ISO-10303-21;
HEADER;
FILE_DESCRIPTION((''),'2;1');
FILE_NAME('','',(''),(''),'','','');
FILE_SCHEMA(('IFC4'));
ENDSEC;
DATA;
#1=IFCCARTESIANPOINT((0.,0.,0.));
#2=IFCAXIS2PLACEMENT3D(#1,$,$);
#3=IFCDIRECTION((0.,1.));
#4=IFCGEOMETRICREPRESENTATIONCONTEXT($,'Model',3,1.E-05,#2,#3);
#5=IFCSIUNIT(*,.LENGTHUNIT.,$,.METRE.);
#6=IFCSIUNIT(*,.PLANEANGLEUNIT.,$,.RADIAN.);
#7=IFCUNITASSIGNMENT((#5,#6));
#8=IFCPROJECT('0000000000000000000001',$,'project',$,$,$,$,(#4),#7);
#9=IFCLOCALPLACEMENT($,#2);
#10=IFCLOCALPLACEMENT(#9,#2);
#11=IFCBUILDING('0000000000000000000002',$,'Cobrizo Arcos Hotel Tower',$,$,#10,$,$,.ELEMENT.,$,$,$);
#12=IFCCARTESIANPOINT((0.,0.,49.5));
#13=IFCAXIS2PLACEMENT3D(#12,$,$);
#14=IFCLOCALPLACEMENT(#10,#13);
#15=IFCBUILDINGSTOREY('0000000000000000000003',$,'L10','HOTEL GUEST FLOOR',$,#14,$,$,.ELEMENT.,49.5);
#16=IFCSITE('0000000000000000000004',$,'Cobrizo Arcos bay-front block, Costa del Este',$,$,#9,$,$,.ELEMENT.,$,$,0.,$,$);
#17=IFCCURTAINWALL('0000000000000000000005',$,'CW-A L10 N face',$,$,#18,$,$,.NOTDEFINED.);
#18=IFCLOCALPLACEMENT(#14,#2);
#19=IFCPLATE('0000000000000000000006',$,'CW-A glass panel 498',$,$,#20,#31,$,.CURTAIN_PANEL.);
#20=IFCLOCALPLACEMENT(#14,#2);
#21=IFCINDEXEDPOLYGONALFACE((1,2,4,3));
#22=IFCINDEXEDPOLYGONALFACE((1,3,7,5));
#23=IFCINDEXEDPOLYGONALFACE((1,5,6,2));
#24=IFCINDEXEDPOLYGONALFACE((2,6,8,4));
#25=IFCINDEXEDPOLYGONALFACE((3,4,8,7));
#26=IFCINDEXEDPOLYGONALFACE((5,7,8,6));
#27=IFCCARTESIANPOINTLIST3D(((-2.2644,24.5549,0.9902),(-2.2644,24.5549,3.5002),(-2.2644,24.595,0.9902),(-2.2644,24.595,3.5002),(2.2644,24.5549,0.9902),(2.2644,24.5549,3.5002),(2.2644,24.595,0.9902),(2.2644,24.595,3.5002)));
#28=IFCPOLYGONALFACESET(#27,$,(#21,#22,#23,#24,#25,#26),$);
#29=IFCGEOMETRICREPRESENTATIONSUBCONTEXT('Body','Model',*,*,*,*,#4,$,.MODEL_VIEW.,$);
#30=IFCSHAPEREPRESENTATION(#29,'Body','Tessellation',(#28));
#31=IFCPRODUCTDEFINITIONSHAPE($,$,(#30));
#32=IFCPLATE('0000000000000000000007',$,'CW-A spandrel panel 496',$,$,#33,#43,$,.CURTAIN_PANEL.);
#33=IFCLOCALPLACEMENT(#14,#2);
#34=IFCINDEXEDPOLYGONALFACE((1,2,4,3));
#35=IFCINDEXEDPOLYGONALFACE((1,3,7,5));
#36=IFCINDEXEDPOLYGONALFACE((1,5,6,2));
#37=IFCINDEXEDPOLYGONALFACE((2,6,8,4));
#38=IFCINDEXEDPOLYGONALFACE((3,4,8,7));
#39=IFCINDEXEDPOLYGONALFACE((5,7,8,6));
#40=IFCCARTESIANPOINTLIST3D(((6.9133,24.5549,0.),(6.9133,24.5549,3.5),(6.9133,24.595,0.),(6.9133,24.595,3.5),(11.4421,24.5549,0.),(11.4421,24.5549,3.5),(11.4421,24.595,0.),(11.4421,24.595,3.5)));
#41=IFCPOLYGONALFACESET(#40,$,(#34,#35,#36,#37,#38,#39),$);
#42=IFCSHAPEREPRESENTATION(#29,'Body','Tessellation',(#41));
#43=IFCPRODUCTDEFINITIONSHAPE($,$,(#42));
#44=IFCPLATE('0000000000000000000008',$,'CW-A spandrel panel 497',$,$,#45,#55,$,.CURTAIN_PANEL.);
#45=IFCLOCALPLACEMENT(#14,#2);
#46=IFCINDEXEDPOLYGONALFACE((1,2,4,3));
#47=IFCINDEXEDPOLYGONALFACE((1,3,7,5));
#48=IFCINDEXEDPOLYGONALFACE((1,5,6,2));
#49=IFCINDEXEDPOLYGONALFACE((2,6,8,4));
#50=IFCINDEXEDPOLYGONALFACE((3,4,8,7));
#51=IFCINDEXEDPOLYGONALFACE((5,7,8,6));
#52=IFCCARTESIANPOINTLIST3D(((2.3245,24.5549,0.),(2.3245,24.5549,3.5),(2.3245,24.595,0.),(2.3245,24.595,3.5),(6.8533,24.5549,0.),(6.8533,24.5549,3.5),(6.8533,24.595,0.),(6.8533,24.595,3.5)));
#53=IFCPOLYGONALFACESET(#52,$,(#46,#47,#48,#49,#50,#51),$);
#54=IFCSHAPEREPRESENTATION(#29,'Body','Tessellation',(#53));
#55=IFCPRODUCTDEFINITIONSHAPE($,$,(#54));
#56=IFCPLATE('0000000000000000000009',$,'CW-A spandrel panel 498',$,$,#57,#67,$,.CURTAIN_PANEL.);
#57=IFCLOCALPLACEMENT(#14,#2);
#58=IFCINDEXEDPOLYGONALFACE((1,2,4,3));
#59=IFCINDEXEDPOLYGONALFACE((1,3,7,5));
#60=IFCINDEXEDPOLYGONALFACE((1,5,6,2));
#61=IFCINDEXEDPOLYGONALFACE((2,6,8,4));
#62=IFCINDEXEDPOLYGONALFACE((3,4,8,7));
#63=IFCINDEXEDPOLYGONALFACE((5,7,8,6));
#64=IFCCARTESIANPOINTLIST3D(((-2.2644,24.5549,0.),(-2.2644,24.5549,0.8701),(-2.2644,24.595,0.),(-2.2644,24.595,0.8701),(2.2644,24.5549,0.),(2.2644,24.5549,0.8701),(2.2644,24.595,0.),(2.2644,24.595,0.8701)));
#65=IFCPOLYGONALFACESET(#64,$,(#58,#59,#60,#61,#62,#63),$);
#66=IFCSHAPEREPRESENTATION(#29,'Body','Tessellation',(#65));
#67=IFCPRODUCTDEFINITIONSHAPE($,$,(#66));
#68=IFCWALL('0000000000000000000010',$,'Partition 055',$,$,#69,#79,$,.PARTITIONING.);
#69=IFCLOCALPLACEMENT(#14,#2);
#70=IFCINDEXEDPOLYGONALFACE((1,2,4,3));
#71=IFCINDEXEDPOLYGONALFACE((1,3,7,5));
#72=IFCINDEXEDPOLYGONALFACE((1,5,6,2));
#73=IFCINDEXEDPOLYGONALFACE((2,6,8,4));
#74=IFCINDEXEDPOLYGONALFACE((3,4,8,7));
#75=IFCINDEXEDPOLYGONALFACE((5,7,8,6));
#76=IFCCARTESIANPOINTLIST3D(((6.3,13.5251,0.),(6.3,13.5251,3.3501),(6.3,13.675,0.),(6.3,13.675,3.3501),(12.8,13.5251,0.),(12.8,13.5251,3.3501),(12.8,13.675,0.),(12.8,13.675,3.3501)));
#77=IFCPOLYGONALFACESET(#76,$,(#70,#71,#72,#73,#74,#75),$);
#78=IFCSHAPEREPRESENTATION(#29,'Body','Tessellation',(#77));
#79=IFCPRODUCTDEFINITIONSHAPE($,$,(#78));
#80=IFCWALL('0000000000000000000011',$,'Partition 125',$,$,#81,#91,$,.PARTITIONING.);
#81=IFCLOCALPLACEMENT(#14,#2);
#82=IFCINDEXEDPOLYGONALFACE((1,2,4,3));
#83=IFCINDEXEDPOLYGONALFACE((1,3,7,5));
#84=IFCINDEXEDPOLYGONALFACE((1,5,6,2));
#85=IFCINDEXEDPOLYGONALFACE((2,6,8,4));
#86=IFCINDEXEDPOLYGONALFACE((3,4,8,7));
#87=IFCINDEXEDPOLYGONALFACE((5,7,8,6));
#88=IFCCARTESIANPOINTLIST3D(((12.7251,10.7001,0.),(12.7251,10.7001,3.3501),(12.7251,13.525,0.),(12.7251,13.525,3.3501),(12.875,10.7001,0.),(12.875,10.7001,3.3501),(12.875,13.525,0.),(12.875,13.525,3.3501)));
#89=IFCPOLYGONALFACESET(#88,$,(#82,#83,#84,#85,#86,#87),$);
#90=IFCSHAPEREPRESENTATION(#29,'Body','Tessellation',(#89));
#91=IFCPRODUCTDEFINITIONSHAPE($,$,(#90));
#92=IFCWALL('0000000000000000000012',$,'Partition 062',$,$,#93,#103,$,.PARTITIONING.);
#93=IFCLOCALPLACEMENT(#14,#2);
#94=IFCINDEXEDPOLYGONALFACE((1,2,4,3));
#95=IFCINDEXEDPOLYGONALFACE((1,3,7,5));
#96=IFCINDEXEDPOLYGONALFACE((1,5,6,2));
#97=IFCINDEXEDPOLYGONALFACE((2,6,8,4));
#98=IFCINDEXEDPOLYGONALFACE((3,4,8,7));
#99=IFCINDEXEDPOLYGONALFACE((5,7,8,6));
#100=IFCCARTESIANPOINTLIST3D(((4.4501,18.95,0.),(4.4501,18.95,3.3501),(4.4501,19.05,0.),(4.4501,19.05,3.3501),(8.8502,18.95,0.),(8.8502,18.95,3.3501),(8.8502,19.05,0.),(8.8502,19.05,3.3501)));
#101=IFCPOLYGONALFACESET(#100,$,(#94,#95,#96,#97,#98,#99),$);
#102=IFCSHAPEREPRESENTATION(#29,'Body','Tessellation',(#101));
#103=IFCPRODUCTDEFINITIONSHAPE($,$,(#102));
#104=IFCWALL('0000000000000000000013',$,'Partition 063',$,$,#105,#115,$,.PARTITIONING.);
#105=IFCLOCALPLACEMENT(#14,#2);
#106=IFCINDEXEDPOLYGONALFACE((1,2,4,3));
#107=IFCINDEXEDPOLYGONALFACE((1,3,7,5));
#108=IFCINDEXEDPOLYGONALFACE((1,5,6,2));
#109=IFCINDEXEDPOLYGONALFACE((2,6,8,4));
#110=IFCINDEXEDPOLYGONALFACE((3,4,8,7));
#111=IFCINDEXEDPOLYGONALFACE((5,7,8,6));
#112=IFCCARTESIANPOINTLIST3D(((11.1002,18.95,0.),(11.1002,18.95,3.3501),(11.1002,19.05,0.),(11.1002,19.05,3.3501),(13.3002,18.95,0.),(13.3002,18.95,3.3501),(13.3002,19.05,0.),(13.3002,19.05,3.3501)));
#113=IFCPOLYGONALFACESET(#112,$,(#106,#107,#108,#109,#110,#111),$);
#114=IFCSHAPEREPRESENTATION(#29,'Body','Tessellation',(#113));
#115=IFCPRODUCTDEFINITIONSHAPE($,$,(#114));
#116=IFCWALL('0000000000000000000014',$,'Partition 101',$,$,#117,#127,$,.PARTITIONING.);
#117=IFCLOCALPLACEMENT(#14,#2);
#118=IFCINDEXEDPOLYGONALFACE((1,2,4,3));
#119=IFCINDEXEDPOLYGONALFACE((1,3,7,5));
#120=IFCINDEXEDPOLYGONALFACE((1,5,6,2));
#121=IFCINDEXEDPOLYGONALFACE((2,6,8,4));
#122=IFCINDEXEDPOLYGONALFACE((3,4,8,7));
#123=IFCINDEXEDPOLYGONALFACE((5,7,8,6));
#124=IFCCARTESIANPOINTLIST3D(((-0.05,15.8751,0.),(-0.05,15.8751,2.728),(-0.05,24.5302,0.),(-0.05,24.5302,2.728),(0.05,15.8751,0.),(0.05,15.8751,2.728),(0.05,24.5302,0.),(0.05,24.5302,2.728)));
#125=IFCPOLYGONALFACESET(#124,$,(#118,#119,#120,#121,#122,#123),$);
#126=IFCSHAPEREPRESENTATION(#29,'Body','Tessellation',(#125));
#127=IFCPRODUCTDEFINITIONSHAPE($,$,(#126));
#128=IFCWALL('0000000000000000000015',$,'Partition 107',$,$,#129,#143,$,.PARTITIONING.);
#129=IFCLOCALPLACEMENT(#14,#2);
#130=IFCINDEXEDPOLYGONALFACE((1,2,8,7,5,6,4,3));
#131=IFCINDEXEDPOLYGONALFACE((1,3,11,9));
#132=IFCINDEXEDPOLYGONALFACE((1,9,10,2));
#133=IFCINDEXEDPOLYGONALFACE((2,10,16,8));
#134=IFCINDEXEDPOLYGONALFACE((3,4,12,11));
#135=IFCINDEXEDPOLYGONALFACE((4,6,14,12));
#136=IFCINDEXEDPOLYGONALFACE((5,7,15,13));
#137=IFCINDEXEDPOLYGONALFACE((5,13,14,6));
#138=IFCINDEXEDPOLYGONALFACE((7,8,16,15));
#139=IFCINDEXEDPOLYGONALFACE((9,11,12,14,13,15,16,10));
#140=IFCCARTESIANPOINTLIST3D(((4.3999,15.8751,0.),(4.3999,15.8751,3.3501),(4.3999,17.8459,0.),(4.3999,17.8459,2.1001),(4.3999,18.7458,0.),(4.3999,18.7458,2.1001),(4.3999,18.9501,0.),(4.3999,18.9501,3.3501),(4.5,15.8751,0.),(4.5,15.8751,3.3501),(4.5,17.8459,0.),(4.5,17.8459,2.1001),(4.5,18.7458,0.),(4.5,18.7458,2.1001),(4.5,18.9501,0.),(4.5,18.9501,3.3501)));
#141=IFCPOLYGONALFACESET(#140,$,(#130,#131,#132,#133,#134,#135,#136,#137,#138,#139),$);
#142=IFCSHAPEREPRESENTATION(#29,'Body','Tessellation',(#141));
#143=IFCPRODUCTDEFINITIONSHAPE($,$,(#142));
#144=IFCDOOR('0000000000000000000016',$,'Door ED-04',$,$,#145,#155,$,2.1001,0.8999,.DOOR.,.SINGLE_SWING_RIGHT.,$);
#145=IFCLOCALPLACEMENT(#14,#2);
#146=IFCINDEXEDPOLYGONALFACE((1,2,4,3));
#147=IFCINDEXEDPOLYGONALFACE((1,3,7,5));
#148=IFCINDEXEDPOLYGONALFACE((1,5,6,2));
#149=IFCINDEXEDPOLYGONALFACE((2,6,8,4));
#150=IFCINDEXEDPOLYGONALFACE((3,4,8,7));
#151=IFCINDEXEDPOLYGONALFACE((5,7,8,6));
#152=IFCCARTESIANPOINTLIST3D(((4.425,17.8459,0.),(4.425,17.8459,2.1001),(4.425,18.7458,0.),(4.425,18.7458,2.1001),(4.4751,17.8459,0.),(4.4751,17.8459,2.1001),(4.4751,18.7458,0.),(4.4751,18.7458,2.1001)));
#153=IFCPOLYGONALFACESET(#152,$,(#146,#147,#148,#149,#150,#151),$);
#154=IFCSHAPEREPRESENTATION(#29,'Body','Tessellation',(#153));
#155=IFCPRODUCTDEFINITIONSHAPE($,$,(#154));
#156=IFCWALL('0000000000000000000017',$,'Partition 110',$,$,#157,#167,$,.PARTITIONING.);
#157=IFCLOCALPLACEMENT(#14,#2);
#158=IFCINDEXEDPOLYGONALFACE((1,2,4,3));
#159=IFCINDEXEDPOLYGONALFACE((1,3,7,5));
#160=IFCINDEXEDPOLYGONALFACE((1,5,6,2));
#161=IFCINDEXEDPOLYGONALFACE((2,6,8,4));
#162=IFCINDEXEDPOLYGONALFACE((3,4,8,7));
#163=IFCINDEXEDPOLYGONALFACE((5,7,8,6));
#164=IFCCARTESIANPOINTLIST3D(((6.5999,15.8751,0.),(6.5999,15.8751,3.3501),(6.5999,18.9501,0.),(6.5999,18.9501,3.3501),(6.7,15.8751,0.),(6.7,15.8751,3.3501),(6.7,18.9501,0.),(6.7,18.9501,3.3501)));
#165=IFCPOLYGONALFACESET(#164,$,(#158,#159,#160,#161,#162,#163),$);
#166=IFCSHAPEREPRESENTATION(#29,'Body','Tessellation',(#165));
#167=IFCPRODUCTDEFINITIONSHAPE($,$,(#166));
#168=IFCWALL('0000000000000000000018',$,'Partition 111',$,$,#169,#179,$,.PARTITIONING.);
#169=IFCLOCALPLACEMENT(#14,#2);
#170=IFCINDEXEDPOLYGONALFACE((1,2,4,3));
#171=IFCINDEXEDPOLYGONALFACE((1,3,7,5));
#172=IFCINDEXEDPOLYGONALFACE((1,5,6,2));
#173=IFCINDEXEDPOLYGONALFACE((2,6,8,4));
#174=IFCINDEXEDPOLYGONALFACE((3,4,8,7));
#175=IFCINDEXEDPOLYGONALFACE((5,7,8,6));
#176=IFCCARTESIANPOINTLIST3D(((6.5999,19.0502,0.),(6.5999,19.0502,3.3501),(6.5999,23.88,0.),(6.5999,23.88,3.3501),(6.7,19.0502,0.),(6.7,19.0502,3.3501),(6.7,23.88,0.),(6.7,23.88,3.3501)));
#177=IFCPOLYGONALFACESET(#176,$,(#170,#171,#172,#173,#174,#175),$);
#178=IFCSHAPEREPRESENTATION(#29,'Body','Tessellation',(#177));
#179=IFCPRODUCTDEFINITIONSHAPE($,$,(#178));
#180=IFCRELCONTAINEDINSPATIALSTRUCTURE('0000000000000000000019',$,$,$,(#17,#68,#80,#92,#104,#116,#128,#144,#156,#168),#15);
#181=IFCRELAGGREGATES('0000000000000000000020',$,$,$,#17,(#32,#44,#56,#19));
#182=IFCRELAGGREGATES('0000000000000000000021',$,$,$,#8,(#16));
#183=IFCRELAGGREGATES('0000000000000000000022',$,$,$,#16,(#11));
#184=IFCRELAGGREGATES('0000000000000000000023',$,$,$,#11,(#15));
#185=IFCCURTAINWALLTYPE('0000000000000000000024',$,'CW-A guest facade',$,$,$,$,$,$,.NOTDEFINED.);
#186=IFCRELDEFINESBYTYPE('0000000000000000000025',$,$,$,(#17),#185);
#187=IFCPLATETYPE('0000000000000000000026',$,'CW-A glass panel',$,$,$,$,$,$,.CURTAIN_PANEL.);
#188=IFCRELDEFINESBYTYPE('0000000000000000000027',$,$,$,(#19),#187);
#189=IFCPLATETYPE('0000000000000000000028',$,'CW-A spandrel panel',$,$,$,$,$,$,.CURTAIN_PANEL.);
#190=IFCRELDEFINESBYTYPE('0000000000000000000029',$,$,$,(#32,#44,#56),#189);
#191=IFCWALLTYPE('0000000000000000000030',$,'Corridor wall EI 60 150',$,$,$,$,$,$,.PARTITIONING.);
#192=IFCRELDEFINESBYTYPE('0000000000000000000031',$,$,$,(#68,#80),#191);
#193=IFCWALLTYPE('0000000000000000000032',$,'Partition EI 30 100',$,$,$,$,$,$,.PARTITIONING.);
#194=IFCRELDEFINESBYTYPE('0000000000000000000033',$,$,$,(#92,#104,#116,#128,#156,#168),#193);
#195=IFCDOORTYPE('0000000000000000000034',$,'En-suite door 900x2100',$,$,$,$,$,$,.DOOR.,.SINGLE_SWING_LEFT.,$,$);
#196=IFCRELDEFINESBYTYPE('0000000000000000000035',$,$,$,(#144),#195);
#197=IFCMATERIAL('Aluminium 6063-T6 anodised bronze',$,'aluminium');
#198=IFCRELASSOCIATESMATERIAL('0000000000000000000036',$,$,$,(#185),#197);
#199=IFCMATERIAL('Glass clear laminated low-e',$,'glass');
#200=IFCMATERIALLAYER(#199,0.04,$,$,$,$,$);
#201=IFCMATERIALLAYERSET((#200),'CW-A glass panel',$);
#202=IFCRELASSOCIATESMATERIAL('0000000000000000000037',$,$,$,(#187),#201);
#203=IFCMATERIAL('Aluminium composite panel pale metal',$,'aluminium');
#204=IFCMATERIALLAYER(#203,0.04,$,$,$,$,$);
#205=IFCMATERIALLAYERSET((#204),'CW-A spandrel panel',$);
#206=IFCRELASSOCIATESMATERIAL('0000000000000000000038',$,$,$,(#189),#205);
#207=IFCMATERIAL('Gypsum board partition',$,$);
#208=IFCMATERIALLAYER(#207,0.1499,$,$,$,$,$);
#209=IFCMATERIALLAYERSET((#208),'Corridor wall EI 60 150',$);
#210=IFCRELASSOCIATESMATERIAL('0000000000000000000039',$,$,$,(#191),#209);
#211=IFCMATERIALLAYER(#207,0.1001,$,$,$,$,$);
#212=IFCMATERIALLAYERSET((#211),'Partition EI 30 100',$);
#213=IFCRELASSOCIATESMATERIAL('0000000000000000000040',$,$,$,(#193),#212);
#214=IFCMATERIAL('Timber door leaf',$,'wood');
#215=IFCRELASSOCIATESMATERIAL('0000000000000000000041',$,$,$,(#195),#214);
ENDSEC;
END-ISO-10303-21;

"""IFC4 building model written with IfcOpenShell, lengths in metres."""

from ifc_helpers import new_model, si_unit, direction, frame, frame_2d, origin, origin_2d, place, context, subcontext, project, spatial, rectangle, extrude, material, layer, layer_set, type_object, element, fill, aggregate, save


model = new_model("IFC4")

# Units and contexts
model_context = context("Model", 3, precision=1e-05, world=origin(), true_north=direction((0.0, 1.0)))
body_context = subcontext(model_context, "Body", "Model", "MODEL_VIEW")
ifc_project = project(units=[si_unit("LENGTHUNIT", "METRE"), si_unit("PLANEANGLEUNIT", "RADIAN")], contexts=[model_context])

# Site, building, storey
site_placement = place(None, origin())
site = spatial("IfcSite", under=ifc_project, at=site_placement, Name="Cobrizo Arcos bay-front block, Costa del Este", CompositionType="ELEMENT", RefElevation=0.0)
building_placement = place(site_placement, origin())
building = spatial("IfcBuilding", under=site, at=building_placement, Name="Cobrizo Arcos Hotel Tower", CompositionType="ELEMENT")
storey_placement = place(building_placement, frame((0.0, 0.0, 49.5)))
storey = spatial("IfcBuildingStorey", under=building, at=storey_placement, Name="L10", Description="HOTEL GUEST FLOOR", CompositionType="ELEMENT", Elevation=49.5)

# Curtain wall
ifc_material_1 = material(Name="Aluminium 6063-T6 anodised bronze", Category="aluminium")
curtain_wall_type = type_object("IfcCurtainWallType", Name="CW-A guest facade", PredefinedType="NOTDEFINED", material=ifc_material_1)
curtain_wall_placement = place(storey_placement, origin())
curtain_wall = element("IfcCurtainWall", 1, at=curtain_wall_placement, inside=storey, type_object=curtain_wall_type, Name="CW-A L10 N face", PredefinedType="NOTDEFINED")

# Plates
ifc_material_2 = material(Name="Glass clear laminated low-e", Category="glass")
ifc_layer_1 = layer(ifc_material_2, 0.04)
ifc_layer_set_1 = layer_set([ifc_layer_1], Name="CW-A glass panel")
plate_type_1 = type_object("IfcPlateType", Name="CW-A glass panel", PredefinedType="CURTAIN_PANEL", material=ifc_layer_set_1)
plate_1_placement = place(storey_placement, frame((0.0, 24.575, 0.9902), z_axis=(0.0, 0.0, 1.0), x_axis=(-1.0, 0.0, 0.0)))
plate_1 = element("IfcPlate", 2, at=plate_1_placement, type_object=plate_type_1, Name="CW-A glass panel 498", PredefinedType="CURTAIN_PANEL", context=body_context, shape_type="SweptSolid", body=[
    extrude(rectangle(XDim=4.5288, YDim=0.04, at=origin_2d()), origin(), (0.0, 0.0, 1.0), 2.51),
])
ifc_material_3 = material(Name="Aluminium composite panel pale metal", Category="aluminium")
ifc_layer_2 = layer(ifc_material_3, 0.04)
ifc_layer_set_2 = layer_set([ifc_layer_2], Name="CW-A spandrel panel")
plate_type_2 = type_object("IfcPlateType", Name="CW-A spandrel panel", PredefinedType="CURTAIN_PANEL", material=ifc_layer_set_2)
plate_2_placement = place(storey_placement, frame((9.1777, 24.575, 0.0), z_axis=(0.0, 0.0, 1.0), x_axis=(-1.0, 0.0, 0.0)))
plate_2 = element("IfcPlate", 3, at=plate_2_placement, type_object=plate_type_2, Name="CW-A spandrel panel 496", PredefinedType="CURTAIN_PANEL", context=body_context, shape_type="SweptSolid", body=[
    extrude(rectangle(XDim=4.5288, YDim=0.04, at=origin_2d()), origin(), (0.0, 0.0, 1.0), 3.5),
])
plate_3_placement = place(storey_placement, frame((4.5889, 24.575, 0.0), z_axis=(0.0, 0.0, 1.0), x_axis=(-1.0, 0.0, 0.0)))
plate_3 = element("IfcPlate", 4, at=plate_3_placement, type_object=plate_type_2, Name="CW-A spandrel panel 497", PredefinedType="CURTAIN_PANEL", context=body_context, shape_type="SweptSolid", body=[
    extrude(rectangle(XDim=4.5288, YDim=0.04, at=origin_2d()), origin(), (0.0, 0.0, 1.0), 3.5),
])
plate_4_placement = place(storey_placement, frame((0.0, 24.575, 0.0), z_axis=(0.0, 0.0, 1.0), x_axis=(-1.0, 0.0, 0.0)))
plate_4 = element("IfcPlate", 5, at=plate_4_placement, type_object=plate_type_2, Name="CW-A spandrel panel 498", PredefinedType="CURTAIN_PANEL", context=body_context, shape_type="SweptSolid", body=[
    extrude(rectangle(XDim=4.5288, YDim=0.04, at=origin_2d()), origin(), (0.0, 0.0, 1.0), 0.8701),
])
aggregate(curtain_wall, [plate_2, plate_3, plate_4, plate_1])

# Walls
ifc_material_4 = material(Name="Gypsum board partition")
ifc_layer_3 = layer(ifc_material_4, 0.1499)
ifc_layer_set_3 = layer_set([ifc_layer_3], Name="Corridor wall EI 60 150")
wall_type_1 = type_object("IfcWallType", Name="Corridor wall EI 60 150", PredefinedType="PARTITIONING", material=ifc_layer_set_3)
wall_1_placement = place(storey_placement, frame((6.3, 13.6001, 0.0), z_axis=(0.0, 0.0, 1.0), x_axis=(1.0, 0.0, 0.0)))
element("IfcWall", 6, at=wall_1_placement, inside=storey, type_object=wall_type_1, Name="Partition 055", PredefinedType="PARTITIONING", context=body_context, shape_type="SweptSolid", body=[
    extrude(rectangle(XDim=6.5, YDim=0.1499, at=frame_2d((3.25, 0.0))), origin(), (0.0, 0.0, 1.0), 3.3501),
])
wall_2_placement = place(storey_placement, frame((12.8, 10.7, 0.0), z_axis=(0.0, 0.0, 1.0), x_axis=(0.0, 1.0, 0.0)))
element("IfcWall", 7, at=wall_2_placement, inside=storey, type_object=wall_type_1, Name="Partition 125", PredefinedType="PARTITIONING", context=body_context, shape_type="SweptSolid", body=[
    extrude(rectangle(XDim=2.825, YDim=0.1499, at=frame_2d((1.4126, 0.0))), origin(), (0.0, 0.0, 1.0), 3.3501),
])
ifc_layer_4 = layer(ifc_material_4, 0.1001)
ifc_layer_set_4 = layer_set([ifc_layer_4], Name="Partition EI 30 100")
wall_type_2 = type_object("IfcWallType", Name="Partition EI 30 100", PredefinedType="PARTITIONING", material=ifc_layer_set_4)
wall_3_placement = place(storey_placement, frame((4.45, 19.0, 0.0), z_axis=(0.0, 0.0, 1.0), x_axis=(1.0, 0.0, 0.0)))
element("IfcWall", 8, at=wall_3_placement, inside=storey, type_object=wall_type_2, Name="Partition 062", PredefinedType="PARTITIONING", context=body_context, shape_type="SweptSolid", body=[
    extrude(rectangle(XDim=4.4001, YDim=0.1001, at=frame_2d((2.2002, 0.0))), origin(), (0.0, 0.0, 1.0), 3.3501),
])
wall_4_placement = place(storey_placement, frame((11.1001, 19.0, 0.0), z_axis=(0.0, 0.0, 1.0), x_axis=(1.0, 0.0, 0.0)))
element("IfcWall", 9, at=wall_4_placement, inside=storey, type_object=wall_type_2, Name="Partition 063", PredefinedType="PARTITIONING", context=body_context, shape_type="SweptSolid", body=[
    extrude(rectangle(XDim=2.2, YDim=0.1001, at=frame_2d((1.1001, 0.0))), origin(), (0.0, 0.0, 1.0), 3.3501),
])
wall_5_placement = place(storey_placement, frame((0.0, 15.875, 0.0), z_axis=(0.0, 0.0, 1.0), x_axis=(0.0, 1.0, 0.0)))
element("IfcWall", 10, at=wall_5_placement, inside=storey, type_object=wall_type_2, Name="Partition 101", PredefinedType="PARTITIONING", context=body_context, shape_type="SweptSolid", body=[
    extrude(rectangle(XDim=8.655, YDim=0.1001, at=frame_2d((4.3276, 0.0))), origin(), (0.0, 0.0, 1.0), 2.728),
])

# Wall, opening, door
wall_6_placement = place(storey_placement, frame((4.45, 15.875, 0.0), z_axis=(0.0, 0.0, 1.0), x_axis=(0.0, 1.0, 0.0)))
wall_6 = element("IfcWall", 11, at=wall_6_placement, inside=storey, type_object=wall_type_2, Name="Partition 107", PredefinedType="PARTITIONING", context=body_context, shape_type="SweptSolid", body=[
    extrude(rectangle(XDim=3.075, YDim=0.1001, at=frame_2d((1.5376, 0.0))), origin(), (0.0, 0.0, 1.0), 3.3501),
])
opening_1_placement = place(wall_6_placement, frame((1.9709, 0.0, 0.0)))
opening_1 = element("IfcOpeningElement", 12, at=opening_1_placement, cuts=wall_6, PredefinedType="OPENING", context=body_context, shape_type="SweptSolid", body=[
    extrude(rectangle(XDim=0.8999, YDim=2.1001, at=frame_2d((0.45, 1.05))), frame((0.0, 0.062, 0.0), z_axis=(0.0, -1.0, 0.0), x_axis=(1.0, 0.0, 0.0)), (0.0, 0.0, 1.0), 0.124),
])
ifc_material_5 = material(Name="Timber door leaf", Category="wood")
door_type = type_object("IfcDoorType", Name="En-suite door 900x2100", OperationType="SINGLE_SWING_LEFT", PredefinedType="DOOR", material=ifc_material_5)
door_1_placement = place(opening_1_placement, origin())
door_1 = element("IfcDoor", 13, at=door_1_placement, inside=storey, type_object=door_type, Name="Door ED-04", OperationType="SINGLE_SWING_RIGHT", OverallHeight=2.1001, OverallWidth=0.8999, PredefinedType="DOOR", context=body_context, shape_type="SweptSolid", body=[
    extrude(rectangle(XDim=0.8999, YDim=2.1001, at=frame_2d((0.45, 1.05))), frame((0.0, 0.0249, 0.0), z_axis=(0.0, -1.0, 0.0), x_axis=(1.0, 0.0, 0.0)), (0.0, 0.0, 1.0), 0.05),
])
fill(opening_1, door_1)

# Walls
wall_7_placement = place(storey_placement, frame((6.6499, 15.875, 0.0), z_axis=(0.0, 0.0, 1.0), x_axis=(0.0, 1.0, 0.0)))
element("IfcWall", 14, at=wall_7_placement, inside=storey, type_object=wall_type_2, Name="Partition 110", PredefinedType="PARTITIONING", context=body_context, shape_type="SweptSolid", body=[
    extrude(rectangle(XDim=3.075, YDim=0.1001, at=frame_2d((1.5376, 0.0))), origin(), (0.0, 0.0, 1.0), 3.3501),
])
wall_8_placement = place(storey_placement, frame((6.6499, 19.05, 0.0), z_axis=(0.0, 0.0, 1.0), x_axis=(0.0, 1.0, 0.0)))
element("IfcWall", 15, at=wall_8_placement, inside=storey, type_object=wall_type_2, Name="Partition 111", PredefinedType="PARTITIONING", context=body_context, shape_type="SweptSolid", body=[
    extrude(rectangle(XDim=4.8298, YDim=0.1001, at=frame_2d((2.415, 0.0))), origin(), (0.0, 0.0, 1.0), 3.3501),
])

save(model, "model.ifc")
